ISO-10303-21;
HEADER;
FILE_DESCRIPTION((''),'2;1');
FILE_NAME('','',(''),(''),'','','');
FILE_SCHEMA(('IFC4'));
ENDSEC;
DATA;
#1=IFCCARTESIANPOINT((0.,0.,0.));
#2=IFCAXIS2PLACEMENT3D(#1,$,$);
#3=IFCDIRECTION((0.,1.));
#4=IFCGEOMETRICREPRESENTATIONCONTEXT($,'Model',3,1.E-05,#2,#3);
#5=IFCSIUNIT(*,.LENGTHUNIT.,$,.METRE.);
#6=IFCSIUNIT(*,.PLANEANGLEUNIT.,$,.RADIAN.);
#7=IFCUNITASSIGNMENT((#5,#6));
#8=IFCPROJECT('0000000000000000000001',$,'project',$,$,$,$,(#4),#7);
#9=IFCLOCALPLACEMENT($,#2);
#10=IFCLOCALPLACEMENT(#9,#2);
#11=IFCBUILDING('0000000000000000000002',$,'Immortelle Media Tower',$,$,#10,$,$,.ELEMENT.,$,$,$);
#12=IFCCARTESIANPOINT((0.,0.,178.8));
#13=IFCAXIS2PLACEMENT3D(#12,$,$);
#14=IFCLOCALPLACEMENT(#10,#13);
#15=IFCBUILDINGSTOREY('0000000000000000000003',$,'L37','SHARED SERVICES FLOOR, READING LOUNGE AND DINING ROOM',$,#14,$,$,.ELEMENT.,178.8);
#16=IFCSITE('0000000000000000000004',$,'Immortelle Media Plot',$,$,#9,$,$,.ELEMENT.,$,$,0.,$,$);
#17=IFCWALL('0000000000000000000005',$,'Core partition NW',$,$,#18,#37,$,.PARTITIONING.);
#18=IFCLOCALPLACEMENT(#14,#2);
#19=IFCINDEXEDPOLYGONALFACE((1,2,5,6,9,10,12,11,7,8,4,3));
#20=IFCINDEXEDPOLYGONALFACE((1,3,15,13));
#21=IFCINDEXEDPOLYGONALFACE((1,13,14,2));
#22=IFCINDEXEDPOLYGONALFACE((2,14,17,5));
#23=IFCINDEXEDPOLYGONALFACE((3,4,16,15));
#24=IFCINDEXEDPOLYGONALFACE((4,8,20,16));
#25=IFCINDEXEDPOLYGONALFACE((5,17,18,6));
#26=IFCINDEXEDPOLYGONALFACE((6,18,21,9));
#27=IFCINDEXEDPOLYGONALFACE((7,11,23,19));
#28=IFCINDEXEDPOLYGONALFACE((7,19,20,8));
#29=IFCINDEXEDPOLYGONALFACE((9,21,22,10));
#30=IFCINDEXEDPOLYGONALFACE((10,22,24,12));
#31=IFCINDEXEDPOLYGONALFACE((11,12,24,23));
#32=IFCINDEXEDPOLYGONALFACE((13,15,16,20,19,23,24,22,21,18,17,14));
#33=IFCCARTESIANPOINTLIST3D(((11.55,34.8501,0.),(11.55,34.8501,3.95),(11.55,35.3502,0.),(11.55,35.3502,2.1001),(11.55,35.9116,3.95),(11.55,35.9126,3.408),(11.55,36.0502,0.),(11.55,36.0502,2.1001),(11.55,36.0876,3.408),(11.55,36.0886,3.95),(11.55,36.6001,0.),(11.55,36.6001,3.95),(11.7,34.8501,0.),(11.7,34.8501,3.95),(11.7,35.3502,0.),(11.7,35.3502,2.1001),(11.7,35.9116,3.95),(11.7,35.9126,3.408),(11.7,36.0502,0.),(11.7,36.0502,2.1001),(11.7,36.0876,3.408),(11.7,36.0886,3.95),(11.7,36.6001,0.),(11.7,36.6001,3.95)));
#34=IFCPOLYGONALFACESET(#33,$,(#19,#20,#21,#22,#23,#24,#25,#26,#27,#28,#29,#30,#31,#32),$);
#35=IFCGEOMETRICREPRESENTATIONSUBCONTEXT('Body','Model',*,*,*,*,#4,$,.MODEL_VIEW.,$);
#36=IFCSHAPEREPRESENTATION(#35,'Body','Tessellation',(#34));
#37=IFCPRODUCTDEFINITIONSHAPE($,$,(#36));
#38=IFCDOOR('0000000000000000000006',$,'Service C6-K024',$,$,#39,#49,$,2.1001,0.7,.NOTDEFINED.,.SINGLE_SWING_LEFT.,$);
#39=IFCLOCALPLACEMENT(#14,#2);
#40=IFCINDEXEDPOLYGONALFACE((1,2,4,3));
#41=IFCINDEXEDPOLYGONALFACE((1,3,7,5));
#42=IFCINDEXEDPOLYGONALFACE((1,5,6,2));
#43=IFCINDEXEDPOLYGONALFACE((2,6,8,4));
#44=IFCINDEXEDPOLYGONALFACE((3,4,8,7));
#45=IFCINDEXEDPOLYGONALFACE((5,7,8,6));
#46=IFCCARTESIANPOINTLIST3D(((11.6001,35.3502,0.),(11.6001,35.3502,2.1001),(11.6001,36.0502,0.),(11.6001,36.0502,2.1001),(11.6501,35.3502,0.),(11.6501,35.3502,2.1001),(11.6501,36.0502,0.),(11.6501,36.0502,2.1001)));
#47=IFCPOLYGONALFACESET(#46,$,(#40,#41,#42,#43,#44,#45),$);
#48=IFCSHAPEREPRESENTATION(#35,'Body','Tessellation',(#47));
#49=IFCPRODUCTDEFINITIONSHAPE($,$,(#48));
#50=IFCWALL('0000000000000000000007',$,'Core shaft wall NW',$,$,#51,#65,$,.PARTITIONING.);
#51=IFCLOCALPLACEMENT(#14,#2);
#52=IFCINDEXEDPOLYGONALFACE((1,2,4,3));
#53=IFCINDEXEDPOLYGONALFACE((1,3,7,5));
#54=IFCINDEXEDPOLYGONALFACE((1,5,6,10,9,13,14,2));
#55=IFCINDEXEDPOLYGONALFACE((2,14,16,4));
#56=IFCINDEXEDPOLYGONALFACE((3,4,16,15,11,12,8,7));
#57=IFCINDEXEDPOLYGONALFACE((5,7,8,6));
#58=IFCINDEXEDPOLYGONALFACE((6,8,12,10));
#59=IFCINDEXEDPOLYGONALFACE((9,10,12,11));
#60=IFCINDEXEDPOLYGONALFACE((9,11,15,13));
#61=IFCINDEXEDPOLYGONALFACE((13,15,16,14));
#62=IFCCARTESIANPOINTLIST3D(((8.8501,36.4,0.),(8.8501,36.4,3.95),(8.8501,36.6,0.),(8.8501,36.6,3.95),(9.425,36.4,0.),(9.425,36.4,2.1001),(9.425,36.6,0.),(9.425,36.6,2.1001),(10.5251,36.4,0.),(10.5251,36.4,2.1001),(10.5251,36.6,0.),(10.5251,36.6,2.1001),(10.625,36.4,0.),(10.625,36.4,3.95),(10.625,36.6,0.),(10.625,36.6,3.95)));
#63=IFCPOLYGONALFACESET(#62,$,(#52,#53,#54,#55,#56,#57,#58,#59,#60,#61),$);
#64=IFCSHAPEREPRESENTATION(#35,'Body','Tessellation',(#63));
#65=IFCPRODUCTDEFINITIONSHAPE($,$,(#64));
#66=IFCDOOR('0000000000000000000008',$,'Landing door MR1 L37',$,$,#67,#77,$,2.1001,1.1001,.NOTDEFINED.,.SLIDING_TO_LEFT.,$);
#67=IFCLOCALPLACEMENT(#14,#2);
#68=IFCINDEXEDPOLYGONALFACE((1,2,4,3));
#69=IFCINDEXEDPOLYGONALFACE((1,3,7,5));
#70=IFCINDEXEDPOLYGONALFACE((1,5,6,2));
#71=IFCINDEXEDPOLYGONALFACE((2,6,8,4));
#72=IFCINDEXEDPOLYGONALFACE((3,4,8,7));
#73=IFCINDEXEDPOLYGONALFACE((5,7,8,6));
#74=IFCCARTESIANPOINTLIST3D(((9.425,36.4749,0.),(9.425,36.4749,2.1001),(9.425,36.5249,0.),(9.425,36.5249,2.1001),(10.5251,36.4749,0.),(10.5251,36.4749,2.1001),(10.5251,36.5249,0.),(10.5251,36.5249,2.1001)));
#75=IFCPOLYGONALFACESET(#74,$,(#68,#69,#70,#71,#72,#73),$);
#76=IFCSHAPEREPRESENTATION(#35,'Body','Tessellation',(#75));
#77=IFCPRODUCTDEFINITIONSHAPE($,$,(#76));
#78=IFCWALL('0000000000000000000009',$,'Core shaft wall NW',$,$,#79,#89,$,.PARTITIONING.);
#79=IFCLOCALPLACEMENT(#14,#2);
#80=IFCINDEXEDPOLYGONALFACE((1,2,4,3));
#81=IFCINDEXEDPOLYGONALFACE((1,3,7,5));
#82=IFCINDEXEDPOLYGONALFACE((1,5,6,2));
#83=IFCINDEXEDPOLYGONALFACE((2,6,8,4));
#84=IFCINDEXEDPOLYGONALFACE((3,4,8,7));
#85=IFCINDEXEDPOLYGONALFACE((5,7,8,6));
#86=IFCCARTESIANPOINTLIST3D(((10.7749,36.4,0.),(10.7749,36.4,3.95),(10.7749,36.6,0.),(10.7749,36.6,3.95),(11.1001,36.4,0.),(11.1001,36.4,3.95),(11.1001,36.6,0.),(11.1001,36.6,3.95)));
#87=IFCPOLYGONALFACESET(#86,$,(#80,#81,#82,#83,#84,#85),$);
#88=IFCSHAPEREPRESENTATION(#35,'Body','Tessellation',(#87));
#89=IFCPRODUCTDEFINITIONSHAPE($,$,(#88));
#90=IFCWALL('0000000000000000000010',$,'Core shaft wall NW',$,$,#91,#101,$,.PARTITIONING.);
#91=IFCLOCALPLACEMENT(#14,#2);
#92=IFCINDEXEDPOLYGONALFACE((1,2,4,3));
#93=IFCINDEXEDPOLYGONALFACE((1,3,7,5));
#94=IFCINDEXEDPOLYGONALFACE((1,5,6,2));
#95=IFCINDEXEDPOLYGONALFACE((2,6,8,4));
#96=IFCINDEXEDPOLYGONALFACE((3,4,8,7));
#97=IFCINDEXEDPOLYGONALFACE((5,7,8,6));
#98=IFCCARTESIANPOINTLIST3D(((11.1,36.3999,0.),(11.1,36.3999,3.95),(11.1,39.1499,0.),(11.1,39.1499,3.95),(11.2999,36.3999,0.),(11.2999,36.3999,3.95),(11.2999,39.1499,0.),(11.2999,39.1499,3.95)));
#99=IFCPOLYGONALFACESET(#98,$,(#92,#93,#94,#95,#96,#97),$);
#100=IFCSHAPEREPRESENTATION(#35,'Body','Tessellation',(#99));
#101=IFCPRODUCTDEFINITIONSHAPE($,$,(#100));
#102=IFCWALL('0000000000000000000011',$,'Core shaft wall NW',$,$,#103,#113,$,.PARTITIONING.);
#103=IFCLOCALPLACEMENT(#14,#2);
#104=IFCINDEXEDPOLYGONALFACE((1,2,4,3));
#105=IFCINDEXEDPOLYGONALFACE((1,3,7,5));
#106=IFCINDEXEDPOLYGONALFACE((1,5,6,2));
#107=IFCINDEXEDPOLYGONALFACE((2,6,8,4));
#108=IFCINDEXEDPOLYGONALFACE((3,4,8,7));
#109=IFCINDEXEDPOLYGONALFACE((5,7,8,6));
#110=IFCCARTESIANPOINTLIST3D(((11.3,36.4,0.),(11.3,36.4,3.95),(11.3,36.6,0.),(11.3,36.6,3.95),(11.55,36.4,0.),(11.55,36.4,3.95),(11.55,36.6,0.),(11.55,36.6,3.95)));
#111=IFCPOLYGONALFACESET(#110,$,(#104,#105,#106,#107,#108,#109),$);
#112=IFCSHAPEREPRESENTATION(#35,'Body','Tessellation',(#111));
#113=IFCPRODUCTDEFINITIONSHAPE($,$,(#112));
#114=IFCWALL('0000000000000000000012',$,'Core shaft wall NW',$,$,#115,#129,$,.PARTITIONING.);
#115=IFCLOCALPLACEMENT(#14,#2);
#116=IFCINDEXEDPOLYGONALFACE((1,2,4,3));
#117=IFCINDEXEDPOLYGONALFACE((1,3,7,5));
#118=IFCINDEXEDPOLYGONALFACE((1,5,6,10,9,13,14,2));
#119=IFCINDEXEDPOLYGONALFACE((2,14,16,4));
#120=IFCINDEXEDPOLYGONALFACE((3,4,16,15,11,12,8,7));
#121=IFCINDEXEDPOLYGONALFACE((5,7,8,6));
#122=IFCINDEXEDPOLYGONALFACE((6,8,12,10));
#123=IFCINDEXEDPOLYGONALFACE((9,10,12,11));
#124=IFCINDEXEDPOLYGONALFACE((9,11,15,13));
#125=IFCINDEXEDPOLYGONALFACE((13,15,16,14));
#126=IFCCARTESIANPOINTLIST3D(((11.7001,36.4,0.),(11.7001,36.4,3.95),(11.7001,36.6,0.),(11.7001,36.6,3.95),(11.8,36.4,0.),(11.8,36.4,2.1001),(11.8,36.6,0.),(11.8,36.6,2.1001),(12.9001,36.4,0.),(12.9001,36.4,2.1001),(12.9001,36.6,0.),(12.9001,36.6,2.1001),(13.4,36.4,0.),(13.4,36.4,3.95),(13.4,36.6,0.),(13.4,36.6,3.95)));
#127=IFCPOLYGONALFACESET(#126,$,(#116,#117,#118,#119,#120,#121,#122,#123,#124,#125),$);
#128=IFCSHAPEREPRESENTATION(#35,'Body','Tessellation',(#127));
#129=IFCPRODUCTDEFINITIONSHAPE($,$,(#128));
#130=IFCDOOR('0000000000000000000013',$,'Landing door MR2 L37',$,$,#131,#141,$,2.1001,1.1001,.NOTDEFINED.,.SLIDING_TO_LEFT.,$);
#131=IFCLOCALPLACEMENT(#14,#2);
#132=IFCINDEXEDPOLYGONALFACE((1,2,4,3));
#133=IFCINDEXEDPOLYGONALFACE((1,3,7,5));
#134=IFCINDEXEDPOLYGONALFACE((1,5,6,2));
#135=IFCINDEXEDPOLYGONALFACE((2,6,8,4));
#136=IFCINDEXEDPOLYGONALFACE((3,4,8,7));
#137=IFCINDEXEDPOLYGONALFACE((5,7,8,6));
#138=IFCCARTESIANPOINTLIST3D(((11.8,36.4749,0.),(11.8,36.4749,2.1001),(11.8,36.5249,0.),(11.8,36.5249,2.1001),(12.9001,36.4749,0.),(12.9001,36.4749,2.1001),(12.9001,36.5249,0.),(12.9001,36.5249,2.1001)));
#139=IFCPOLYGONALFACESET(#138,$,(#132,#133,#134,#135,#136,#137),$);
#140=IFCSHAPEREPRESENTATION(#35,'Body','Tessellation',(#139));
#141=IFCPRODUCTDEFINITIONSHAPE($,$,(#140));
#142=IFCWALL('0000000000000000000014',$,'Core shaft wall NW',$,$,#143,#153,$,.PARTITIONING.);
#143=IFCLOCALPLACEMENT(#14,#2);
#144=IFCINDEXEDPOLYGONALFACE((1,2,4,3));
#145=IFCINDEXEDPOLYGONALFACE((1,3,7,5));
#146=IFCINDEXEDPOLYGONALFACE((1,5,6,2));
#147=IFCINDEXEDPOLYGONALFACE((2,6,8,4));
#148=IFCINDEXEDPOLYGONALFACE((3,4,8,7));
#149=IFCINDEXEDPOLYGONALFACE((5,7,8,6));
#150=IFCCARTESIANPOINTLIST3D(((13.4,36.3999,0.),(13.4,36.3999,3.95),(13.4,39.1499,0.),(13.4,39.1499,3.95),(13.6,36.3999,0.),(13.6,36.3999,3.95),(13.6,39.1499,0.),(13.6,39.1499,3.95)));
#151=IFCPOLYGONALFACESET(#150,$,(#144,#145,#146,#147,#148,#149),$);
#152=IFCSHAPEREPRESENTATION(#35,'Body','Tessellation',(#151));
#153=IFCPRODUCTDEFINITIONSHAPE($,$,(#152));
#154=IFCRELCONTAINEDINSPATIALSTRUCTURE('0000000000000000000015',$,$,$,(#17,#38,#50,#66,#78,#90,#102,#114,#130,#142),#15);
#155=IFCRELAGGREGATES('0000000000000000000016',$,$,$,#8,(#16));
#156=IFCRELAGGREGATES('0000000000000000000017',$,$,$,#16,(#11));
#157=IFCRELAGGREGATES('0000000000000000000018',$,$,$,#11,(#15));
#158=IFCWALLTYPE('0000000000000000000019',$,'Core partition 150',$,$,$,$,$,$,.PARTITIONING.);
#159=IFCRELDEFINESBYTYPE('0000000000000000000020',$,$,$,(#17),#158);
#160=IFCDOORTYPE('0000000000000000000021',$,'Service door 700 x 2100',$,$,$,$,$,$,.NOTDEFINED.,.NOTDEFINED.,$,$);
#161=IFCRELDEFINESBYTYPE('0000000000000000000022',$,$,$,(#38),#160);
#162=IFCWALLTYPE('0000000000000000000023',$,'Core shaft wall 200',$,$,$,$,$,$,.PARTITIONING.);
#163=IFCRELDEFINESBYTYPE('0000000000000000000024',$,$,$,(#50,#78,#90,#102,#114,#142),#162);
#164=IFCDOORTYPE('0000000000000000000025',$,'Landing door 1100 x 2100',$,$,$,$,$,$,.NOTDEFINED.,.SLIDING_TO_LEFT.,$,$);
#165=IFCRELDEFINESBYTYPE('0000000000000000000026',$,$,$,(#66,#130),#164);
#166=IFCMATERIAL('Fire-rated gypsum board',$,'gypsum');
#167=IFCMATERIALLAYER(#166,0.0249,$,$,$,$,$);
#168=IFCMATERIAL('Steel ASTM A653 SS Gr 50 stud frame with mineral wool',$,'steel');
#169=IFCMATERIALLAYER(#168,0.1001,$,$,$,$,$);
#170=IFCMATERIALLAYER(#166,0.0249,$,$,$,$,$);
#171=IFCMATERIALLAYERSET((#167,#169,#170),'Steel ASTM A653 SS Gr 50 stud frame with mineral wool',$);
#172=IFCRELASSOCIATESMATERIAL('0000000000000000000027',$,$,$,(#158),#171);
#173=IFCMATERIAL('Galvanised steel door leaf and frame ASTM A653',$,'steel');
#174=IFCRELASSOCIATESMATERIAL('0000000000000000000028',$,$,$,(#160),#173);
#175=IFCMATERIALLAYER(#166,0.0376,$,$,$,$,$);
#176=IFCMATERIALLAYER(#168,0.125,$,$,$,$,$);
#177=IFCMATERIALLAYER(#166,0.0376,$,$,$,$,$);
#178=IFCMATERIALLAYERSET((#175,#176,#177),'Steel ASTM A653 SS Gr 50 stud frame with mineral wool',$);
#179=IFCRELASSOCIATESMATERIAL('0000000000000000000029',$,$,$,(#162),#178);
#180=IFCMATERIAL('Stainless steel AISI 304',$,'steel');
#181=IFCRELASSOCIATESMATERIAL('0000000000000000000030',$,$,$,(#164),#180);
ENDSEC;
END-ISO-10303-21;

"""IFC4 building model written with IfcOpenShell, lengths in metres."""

from ifc_helpers import new_model, si_unit, direction, frame, frame_2d, origin, place, context, subcontext, project, spatial, polyline, rectangle, outline, extrude, material, layer, layer_set, type_object, element, fill, save


model = new_model("IFC4")

# Units and contexts
model_context = context("Model", 3, precision=1e-05, world=origin(), true_north=direction((0.0, 1.0)))
body_context = subcontext(model_context, "Body", "Model", "MODEL_VIEW")
ifc_project = project(units=[si_unit("LENGTHUNIT", "METRE"), si_unit("PLANEANGLEUNIT", "RADIAN")], contexts=[model_context])

# Site, building, storey
site_placement = place(None, origin())
site = spatial("IfcSite", under=ifc_project, at=site_placement, Name="Immortelle Media Plot", CompositionType="ELEMENT", RefElevation=0.0)
building_placement = place(site_placement, origin())
building = spatial("IfcBuilding", under=site, at=building_placement, Name="Immortelle Media Tower", CompositionType="ELEMENT")
storey_placement = place(building_placement, frame((0.0, 0.0, 178.8)))
storey = spatial("IfcBuildingStorey", under=building, at=storey_placement, Name="L37", Description="SHARED SERVICES FLOOR, READING LOUNGE AND DINING ROOM", CompositionType="ELEMENT", Elevation=178.8)

# Shared definitions
ifc_material_1 = material(Name="Fire-rated gypsum board", Category="gypsum")
ifc_layer_1 = layer(ifc_material_1, 0.0249)
ifc_material_2 = material(Name="Steel ASTM A653 SS Gr 50 stud frame with mineral wool", Category="steel")
ifc_layer_2 = layer(ifc_material_2, 0.1001)
ifc_layer_3 = layer(ifc_material_1, 0.0249)
ifc_layer_set_1 = layer_set([ifc_layer_1, ifc_layer_2, ifc_layer_3], Name="Steel ASTM A653 SS Gr 50 stud frame with mineral wool")
wall_type_1 = type_object("IfcWallType", Name="Core partition 150", PredefinedType="PARTITIONING", material=ifc_layer_set_1)

# Walls, openings, doors
wall_1_placement = place(storey_placement, frame((11.625, 34.8501, 0.0), z_axis=(0.0, 0.0, 1.0), x_axis=(0.0, 1.0, 0.0)))
wall_1 = element("IfcWall", 1, at=wall_1_placement, inside=storey, type_object=wall_type_1, Name="Core partition NW", PredefinedType="PARTITIONING", context=body_context, shape_type="SweptSolid", body=[
    extrude(outline(polyline([(0.0, 0.0), (1.75, 0.0), (1.75, 3.95), (1.2385, 3.95), (1.2375, 3.408), (1.0625, 3.408), (1.0615, 3.95), (0.0, 3.95), (0.0, 0.0)])), frame((0.0, 0.075, 0.0), z_axis=(0.0, -1.0, 0.0), x_axis=(1.0, 0.0, 0.0)), (0.0, 0.0, 1.0), 0.1499),
])
opening_1_placement = place(wall_1_placement, frame((0.5, 0.0, 0.0)))
opening_1 = element("IfcOpeningElement", 2, at=opening_1_placement, cuts=wall_1, PredefinedType="OPENING", context=body_context, shape_type="SweptSolid", body=[
    extrude(rectangle(XDim=0.7, YDim=2.1001, at=frame_2d((0.3501, 1.05))), frame((0.0, 0.085, 0.0), z_axis=(0.0, -1.0, 0.0), x_axis=(1.0, 0.0, 0.0)), (0.0, 0.0, 1.0), 0.1699),
])
ifc_material_3 = material(Name="Galvanised steel door leaf and frame ASTM A653", Category="steel")
door_type_1 = type_object("IfcDoorType", Name="Service door 700 x 2100", OperationType="NOTDEFINED", PredefinedType="NOTDEFINED", material=ifc_material_3)
door_1_placement = place(opening_1_placement, origin())
door_1 = element("IfcDoor", 3, at=door_1_placement, inside=storey, type_object=door_type_1, Name="Service C6-K024", OperationType="SINGLE_SWING_LEFT", OverallHeight=2.1001, OverallWidth=0.7, PredefinedType="NOTDEFINED", context=body_context, shape_type="SweptSolid", body=[
    extrude(rectangle(XDim=0.7, YDim=2.1001, at=frame_2d((0.3501, 1.05))), frame((0.0, 0.0249, 0.0), z_axis=(0.0, -1.0, 0.0), x_axis=(1.0, 0.0, 0.0)), (0.0, 0.0, 1.0), 0.05),
])
fill(opening_1, door_1)
ifc_layer_4 = layer(ifc_material_1, 0.0376)
ifc_layer_5 = layer(ifc_material_2, 0.125)
ifc_layer_6 = layer(ifc_material_1, 0.0376)
ifc_layer_set_2 = layer_set([ifc_layer_4, ifc_layer_5, ifc_layer_6], Name="Steel ASTM A653 SS Gr 50 stud frame with mineral wool")
wall_type_2 = type_object("IfcWallType", Name="Core shaft wall 200", PredefinedType="PARTITIONING", material=ifc_layer_set_2)
wall_2_placement = place(storey_placement, frame((8.8501, 36.5, 0.0), z_axis=(0.0, 0.0, 1.0), x_axis=(1.0, 0.0, 0.0)))
wall_2 = element("IfcWall", 4, at=wall_2_placement, inside=storey, type_object=wall_type_2, Name="Core shaft wall NW", PredefinedType="PARTITIONING", context=body_context, shape_type="SweptSolid", body=[
    extrude(rectangle(XDim=1.7749, YDim=0.2, at=frame_2d((0.8875, 0.0))), origin(), (0.0, 0.0, 1.0), 3.95),
])
opening_2_placement = place(wall_2_placement, frame((0.575, 0.0, 0.0)))
opening_2 = element("IfcOpeningElement", 5, at=opening_2_placement, cuts=wall_2, PredefinedType="OPENING", context=body_context, shape_type="SweptSolid", body=[
    extrude(rectangle(XDim=1.1001, YDim=2.1001, at=frame_2d((0.55, 1.05))), frame((0.0, 0.1099, 0.0), z_axis=(0.0, -1.0, 0.0), x_axis=(1.0, 0.0, 0.0)), (0.0, 0.0, 1.0), 0.22),
])
ifc_material_4 = material(Name="Stainless steel AISI 304", Category="steel")
door_type_2 = type_object("IfcDoorType", Name="Landing door 1100 x 2100", OperationType="SLIDING_TO_LEFT", PredefinedType="NOTDEFINED", material=ifc_material_4)
door_2_placement = place(opening_2_placement, origin())
door_2 = element("IfcDoor", 6, at=door_2_placement, inside=storey, type_object=door_type_2, Name="Landing door MR1 L37", OperationType="SLIDING_TO_LEFT", OverallHeight=2.1001, OverallWidth=1.1001, PredefinedType="NOTDEFINED", context=body_context, shape_type="SweptSolid", body=[
    extrude(rectangle(XDim=1.1001, YDim=2.1001, at=frame_2d((0.55, 1.05))), frame((0.0, 0.0249, 0.0), z_axis=(0.0, -1.0, 0.0), x_axis=(1.0, 0.0, 0.0)), (0.0, 0.0, 1.0), 0.05),
])
fill(opening_2, door_2)

# Walls
wall_3_placement = place(storey_placement, frame((10.7749, 36.5, 0.0), z_axis=(0.0, 0.0, 1.0), x_axis=(1.0, 0.0, 0.0)))
element("IfcWall", 7, at=wall_3_placement, inside=storey, type_object=wall_type_2, Name="Core shaft wall NW", PredefinedType="PARTITIONING", context=body_context, shape_type="SweptSolid", body=[
    extrude(rectangle(XDim=0.3252, YDim=0.2, at=frame_2d((0.1626, 0.0))), origin(), (0.0, 0.0, 1.0), 3.95),
])
wall_4_placement = place(storey_placement, frame((11.2, 36.3999, 0.0), z_axis=(0.0, 0.0, 1.0), x_axis=(0.0, 1.0, 0.0)))
element("IfcWall", 8, at=wall_4_placement, inside=storey, type_object=wall_type_2, Name="Core shaft wall NW", PredefinedType="PARTITIONING", context=body_context, shape_type="SweptSolid", body=[
    extrude(rectangle(XDim=2.75, YDim=0.2, at=frame_2d((1.375, 0.0))), origin(), (0.0, 0.0, 1.0), 3.95),
])
wall_5_placement = place(storey_placement, frame((11.3, 36.5, 0.0), z_axis=(0.0, 0.0, 1.0), x_axis=(1.0, 0.0, 0.0)))
element("IfcWall", 9, at=wall_5_placement, inside=storey, type_object=wall_type_2, Name="Core shaft wall NW", PredefinedType="PARTITIONING", context=body_context, shape_type="SweptSolid", body=[
    extrude(rectangle(XDim=0.25, YDim=0.2, at=frame_2d((0.125, 0.0))), origin(), (0.0, 0.0, 1.0), 3.95),
])

# Wall, opening, door
wall_6_placement = place(storey_placement, frame((11.7, 36.5, 0.0), z_axis=(0.0, 0.0, 1.0), x_axis=(1.0, 0.0, 0.0)))
wall_6 = element("IfcWall", 10, at=wall_6_placement, inside=storey, type_object=wall_type_2, Name="Core shaft wall NW", PredefinedType="PARTITIONING", context=body_context, shape_type="SweptSolid", body=[
    extrude(rectangle(XDim=1.7, YDim=0.2, at=frame_2d((0.8501, 0.0))), origin(), (0.0, 0.0, 1.0), 3.95),
])
opening_3_placement = place(wall_6_placement, frame((0.1001, 0.0, 0.0)))
opening_3 = element("IfcOpeningElement", 11, at=opening_3_placement, cuts=wall_6, PredefinedType="OPENING", context=body_context, shape_type="SweptSolid", body=[
    extrude(rectangle(XDim=1.1001, YDim=2.1001, at=frame_2d((0.55, 1.05))), frame((0.0, 0.1099, 0.0), z_axis=(0.0, -1.0, 0.0), x_axis=(1.0, 0.0, 0.0)), (0.0, 0.0, 1.0), 0.22),
])
door_3_placement = place(opening_3_placement, origin())
door_3 = element("IfcDoor", 12, at=door_3_placement, inside=storey, type_object=door_type_2, Name="Landing door MR2 L37", OperationType="SLIDING_TO_LEFT", OverallHeight=2.1001, OverallWidth=1.1001, PredefinedType="NOTDEFINED", context=body_context, shape_type="SweptSolid", body=[
    extrude(rectangle(XDim=1.1001, YDim=2.1001, at=frame_2d((0.55, 1.05))), frame((0.0, 0.0249, 0.0), z_axis=(0.0, -1.0, 0.0), x_axis=(1.0, 0.0, 0.0)), (0.0, 0.0, 1.0), 0.05),
])
fill(opening_3, door_3)

# Wall
wall_7_placement = place(storey_placement, frame((13.5, 36.3999, 0.0), z_axis=(0.0, 0.0, 1.0), x_axis=(0.0, 1.0, 0.0)))
element("IfcWall", 13, at=wall_7_placement, inside=storey, type_object=wall_type_2, Name="Core shaft wall NW", PredefinedType="PARTITIONING", context=body_context, shape_type="SweptSolid", body=[
    extrude(rectangle(XDim=2.75, YDim=0.2, at=frame_2d((1.375, 0.0))), origin(), (0.0, 0.0, 1.0), 3.95),
])

save(model, "model.ifc")
